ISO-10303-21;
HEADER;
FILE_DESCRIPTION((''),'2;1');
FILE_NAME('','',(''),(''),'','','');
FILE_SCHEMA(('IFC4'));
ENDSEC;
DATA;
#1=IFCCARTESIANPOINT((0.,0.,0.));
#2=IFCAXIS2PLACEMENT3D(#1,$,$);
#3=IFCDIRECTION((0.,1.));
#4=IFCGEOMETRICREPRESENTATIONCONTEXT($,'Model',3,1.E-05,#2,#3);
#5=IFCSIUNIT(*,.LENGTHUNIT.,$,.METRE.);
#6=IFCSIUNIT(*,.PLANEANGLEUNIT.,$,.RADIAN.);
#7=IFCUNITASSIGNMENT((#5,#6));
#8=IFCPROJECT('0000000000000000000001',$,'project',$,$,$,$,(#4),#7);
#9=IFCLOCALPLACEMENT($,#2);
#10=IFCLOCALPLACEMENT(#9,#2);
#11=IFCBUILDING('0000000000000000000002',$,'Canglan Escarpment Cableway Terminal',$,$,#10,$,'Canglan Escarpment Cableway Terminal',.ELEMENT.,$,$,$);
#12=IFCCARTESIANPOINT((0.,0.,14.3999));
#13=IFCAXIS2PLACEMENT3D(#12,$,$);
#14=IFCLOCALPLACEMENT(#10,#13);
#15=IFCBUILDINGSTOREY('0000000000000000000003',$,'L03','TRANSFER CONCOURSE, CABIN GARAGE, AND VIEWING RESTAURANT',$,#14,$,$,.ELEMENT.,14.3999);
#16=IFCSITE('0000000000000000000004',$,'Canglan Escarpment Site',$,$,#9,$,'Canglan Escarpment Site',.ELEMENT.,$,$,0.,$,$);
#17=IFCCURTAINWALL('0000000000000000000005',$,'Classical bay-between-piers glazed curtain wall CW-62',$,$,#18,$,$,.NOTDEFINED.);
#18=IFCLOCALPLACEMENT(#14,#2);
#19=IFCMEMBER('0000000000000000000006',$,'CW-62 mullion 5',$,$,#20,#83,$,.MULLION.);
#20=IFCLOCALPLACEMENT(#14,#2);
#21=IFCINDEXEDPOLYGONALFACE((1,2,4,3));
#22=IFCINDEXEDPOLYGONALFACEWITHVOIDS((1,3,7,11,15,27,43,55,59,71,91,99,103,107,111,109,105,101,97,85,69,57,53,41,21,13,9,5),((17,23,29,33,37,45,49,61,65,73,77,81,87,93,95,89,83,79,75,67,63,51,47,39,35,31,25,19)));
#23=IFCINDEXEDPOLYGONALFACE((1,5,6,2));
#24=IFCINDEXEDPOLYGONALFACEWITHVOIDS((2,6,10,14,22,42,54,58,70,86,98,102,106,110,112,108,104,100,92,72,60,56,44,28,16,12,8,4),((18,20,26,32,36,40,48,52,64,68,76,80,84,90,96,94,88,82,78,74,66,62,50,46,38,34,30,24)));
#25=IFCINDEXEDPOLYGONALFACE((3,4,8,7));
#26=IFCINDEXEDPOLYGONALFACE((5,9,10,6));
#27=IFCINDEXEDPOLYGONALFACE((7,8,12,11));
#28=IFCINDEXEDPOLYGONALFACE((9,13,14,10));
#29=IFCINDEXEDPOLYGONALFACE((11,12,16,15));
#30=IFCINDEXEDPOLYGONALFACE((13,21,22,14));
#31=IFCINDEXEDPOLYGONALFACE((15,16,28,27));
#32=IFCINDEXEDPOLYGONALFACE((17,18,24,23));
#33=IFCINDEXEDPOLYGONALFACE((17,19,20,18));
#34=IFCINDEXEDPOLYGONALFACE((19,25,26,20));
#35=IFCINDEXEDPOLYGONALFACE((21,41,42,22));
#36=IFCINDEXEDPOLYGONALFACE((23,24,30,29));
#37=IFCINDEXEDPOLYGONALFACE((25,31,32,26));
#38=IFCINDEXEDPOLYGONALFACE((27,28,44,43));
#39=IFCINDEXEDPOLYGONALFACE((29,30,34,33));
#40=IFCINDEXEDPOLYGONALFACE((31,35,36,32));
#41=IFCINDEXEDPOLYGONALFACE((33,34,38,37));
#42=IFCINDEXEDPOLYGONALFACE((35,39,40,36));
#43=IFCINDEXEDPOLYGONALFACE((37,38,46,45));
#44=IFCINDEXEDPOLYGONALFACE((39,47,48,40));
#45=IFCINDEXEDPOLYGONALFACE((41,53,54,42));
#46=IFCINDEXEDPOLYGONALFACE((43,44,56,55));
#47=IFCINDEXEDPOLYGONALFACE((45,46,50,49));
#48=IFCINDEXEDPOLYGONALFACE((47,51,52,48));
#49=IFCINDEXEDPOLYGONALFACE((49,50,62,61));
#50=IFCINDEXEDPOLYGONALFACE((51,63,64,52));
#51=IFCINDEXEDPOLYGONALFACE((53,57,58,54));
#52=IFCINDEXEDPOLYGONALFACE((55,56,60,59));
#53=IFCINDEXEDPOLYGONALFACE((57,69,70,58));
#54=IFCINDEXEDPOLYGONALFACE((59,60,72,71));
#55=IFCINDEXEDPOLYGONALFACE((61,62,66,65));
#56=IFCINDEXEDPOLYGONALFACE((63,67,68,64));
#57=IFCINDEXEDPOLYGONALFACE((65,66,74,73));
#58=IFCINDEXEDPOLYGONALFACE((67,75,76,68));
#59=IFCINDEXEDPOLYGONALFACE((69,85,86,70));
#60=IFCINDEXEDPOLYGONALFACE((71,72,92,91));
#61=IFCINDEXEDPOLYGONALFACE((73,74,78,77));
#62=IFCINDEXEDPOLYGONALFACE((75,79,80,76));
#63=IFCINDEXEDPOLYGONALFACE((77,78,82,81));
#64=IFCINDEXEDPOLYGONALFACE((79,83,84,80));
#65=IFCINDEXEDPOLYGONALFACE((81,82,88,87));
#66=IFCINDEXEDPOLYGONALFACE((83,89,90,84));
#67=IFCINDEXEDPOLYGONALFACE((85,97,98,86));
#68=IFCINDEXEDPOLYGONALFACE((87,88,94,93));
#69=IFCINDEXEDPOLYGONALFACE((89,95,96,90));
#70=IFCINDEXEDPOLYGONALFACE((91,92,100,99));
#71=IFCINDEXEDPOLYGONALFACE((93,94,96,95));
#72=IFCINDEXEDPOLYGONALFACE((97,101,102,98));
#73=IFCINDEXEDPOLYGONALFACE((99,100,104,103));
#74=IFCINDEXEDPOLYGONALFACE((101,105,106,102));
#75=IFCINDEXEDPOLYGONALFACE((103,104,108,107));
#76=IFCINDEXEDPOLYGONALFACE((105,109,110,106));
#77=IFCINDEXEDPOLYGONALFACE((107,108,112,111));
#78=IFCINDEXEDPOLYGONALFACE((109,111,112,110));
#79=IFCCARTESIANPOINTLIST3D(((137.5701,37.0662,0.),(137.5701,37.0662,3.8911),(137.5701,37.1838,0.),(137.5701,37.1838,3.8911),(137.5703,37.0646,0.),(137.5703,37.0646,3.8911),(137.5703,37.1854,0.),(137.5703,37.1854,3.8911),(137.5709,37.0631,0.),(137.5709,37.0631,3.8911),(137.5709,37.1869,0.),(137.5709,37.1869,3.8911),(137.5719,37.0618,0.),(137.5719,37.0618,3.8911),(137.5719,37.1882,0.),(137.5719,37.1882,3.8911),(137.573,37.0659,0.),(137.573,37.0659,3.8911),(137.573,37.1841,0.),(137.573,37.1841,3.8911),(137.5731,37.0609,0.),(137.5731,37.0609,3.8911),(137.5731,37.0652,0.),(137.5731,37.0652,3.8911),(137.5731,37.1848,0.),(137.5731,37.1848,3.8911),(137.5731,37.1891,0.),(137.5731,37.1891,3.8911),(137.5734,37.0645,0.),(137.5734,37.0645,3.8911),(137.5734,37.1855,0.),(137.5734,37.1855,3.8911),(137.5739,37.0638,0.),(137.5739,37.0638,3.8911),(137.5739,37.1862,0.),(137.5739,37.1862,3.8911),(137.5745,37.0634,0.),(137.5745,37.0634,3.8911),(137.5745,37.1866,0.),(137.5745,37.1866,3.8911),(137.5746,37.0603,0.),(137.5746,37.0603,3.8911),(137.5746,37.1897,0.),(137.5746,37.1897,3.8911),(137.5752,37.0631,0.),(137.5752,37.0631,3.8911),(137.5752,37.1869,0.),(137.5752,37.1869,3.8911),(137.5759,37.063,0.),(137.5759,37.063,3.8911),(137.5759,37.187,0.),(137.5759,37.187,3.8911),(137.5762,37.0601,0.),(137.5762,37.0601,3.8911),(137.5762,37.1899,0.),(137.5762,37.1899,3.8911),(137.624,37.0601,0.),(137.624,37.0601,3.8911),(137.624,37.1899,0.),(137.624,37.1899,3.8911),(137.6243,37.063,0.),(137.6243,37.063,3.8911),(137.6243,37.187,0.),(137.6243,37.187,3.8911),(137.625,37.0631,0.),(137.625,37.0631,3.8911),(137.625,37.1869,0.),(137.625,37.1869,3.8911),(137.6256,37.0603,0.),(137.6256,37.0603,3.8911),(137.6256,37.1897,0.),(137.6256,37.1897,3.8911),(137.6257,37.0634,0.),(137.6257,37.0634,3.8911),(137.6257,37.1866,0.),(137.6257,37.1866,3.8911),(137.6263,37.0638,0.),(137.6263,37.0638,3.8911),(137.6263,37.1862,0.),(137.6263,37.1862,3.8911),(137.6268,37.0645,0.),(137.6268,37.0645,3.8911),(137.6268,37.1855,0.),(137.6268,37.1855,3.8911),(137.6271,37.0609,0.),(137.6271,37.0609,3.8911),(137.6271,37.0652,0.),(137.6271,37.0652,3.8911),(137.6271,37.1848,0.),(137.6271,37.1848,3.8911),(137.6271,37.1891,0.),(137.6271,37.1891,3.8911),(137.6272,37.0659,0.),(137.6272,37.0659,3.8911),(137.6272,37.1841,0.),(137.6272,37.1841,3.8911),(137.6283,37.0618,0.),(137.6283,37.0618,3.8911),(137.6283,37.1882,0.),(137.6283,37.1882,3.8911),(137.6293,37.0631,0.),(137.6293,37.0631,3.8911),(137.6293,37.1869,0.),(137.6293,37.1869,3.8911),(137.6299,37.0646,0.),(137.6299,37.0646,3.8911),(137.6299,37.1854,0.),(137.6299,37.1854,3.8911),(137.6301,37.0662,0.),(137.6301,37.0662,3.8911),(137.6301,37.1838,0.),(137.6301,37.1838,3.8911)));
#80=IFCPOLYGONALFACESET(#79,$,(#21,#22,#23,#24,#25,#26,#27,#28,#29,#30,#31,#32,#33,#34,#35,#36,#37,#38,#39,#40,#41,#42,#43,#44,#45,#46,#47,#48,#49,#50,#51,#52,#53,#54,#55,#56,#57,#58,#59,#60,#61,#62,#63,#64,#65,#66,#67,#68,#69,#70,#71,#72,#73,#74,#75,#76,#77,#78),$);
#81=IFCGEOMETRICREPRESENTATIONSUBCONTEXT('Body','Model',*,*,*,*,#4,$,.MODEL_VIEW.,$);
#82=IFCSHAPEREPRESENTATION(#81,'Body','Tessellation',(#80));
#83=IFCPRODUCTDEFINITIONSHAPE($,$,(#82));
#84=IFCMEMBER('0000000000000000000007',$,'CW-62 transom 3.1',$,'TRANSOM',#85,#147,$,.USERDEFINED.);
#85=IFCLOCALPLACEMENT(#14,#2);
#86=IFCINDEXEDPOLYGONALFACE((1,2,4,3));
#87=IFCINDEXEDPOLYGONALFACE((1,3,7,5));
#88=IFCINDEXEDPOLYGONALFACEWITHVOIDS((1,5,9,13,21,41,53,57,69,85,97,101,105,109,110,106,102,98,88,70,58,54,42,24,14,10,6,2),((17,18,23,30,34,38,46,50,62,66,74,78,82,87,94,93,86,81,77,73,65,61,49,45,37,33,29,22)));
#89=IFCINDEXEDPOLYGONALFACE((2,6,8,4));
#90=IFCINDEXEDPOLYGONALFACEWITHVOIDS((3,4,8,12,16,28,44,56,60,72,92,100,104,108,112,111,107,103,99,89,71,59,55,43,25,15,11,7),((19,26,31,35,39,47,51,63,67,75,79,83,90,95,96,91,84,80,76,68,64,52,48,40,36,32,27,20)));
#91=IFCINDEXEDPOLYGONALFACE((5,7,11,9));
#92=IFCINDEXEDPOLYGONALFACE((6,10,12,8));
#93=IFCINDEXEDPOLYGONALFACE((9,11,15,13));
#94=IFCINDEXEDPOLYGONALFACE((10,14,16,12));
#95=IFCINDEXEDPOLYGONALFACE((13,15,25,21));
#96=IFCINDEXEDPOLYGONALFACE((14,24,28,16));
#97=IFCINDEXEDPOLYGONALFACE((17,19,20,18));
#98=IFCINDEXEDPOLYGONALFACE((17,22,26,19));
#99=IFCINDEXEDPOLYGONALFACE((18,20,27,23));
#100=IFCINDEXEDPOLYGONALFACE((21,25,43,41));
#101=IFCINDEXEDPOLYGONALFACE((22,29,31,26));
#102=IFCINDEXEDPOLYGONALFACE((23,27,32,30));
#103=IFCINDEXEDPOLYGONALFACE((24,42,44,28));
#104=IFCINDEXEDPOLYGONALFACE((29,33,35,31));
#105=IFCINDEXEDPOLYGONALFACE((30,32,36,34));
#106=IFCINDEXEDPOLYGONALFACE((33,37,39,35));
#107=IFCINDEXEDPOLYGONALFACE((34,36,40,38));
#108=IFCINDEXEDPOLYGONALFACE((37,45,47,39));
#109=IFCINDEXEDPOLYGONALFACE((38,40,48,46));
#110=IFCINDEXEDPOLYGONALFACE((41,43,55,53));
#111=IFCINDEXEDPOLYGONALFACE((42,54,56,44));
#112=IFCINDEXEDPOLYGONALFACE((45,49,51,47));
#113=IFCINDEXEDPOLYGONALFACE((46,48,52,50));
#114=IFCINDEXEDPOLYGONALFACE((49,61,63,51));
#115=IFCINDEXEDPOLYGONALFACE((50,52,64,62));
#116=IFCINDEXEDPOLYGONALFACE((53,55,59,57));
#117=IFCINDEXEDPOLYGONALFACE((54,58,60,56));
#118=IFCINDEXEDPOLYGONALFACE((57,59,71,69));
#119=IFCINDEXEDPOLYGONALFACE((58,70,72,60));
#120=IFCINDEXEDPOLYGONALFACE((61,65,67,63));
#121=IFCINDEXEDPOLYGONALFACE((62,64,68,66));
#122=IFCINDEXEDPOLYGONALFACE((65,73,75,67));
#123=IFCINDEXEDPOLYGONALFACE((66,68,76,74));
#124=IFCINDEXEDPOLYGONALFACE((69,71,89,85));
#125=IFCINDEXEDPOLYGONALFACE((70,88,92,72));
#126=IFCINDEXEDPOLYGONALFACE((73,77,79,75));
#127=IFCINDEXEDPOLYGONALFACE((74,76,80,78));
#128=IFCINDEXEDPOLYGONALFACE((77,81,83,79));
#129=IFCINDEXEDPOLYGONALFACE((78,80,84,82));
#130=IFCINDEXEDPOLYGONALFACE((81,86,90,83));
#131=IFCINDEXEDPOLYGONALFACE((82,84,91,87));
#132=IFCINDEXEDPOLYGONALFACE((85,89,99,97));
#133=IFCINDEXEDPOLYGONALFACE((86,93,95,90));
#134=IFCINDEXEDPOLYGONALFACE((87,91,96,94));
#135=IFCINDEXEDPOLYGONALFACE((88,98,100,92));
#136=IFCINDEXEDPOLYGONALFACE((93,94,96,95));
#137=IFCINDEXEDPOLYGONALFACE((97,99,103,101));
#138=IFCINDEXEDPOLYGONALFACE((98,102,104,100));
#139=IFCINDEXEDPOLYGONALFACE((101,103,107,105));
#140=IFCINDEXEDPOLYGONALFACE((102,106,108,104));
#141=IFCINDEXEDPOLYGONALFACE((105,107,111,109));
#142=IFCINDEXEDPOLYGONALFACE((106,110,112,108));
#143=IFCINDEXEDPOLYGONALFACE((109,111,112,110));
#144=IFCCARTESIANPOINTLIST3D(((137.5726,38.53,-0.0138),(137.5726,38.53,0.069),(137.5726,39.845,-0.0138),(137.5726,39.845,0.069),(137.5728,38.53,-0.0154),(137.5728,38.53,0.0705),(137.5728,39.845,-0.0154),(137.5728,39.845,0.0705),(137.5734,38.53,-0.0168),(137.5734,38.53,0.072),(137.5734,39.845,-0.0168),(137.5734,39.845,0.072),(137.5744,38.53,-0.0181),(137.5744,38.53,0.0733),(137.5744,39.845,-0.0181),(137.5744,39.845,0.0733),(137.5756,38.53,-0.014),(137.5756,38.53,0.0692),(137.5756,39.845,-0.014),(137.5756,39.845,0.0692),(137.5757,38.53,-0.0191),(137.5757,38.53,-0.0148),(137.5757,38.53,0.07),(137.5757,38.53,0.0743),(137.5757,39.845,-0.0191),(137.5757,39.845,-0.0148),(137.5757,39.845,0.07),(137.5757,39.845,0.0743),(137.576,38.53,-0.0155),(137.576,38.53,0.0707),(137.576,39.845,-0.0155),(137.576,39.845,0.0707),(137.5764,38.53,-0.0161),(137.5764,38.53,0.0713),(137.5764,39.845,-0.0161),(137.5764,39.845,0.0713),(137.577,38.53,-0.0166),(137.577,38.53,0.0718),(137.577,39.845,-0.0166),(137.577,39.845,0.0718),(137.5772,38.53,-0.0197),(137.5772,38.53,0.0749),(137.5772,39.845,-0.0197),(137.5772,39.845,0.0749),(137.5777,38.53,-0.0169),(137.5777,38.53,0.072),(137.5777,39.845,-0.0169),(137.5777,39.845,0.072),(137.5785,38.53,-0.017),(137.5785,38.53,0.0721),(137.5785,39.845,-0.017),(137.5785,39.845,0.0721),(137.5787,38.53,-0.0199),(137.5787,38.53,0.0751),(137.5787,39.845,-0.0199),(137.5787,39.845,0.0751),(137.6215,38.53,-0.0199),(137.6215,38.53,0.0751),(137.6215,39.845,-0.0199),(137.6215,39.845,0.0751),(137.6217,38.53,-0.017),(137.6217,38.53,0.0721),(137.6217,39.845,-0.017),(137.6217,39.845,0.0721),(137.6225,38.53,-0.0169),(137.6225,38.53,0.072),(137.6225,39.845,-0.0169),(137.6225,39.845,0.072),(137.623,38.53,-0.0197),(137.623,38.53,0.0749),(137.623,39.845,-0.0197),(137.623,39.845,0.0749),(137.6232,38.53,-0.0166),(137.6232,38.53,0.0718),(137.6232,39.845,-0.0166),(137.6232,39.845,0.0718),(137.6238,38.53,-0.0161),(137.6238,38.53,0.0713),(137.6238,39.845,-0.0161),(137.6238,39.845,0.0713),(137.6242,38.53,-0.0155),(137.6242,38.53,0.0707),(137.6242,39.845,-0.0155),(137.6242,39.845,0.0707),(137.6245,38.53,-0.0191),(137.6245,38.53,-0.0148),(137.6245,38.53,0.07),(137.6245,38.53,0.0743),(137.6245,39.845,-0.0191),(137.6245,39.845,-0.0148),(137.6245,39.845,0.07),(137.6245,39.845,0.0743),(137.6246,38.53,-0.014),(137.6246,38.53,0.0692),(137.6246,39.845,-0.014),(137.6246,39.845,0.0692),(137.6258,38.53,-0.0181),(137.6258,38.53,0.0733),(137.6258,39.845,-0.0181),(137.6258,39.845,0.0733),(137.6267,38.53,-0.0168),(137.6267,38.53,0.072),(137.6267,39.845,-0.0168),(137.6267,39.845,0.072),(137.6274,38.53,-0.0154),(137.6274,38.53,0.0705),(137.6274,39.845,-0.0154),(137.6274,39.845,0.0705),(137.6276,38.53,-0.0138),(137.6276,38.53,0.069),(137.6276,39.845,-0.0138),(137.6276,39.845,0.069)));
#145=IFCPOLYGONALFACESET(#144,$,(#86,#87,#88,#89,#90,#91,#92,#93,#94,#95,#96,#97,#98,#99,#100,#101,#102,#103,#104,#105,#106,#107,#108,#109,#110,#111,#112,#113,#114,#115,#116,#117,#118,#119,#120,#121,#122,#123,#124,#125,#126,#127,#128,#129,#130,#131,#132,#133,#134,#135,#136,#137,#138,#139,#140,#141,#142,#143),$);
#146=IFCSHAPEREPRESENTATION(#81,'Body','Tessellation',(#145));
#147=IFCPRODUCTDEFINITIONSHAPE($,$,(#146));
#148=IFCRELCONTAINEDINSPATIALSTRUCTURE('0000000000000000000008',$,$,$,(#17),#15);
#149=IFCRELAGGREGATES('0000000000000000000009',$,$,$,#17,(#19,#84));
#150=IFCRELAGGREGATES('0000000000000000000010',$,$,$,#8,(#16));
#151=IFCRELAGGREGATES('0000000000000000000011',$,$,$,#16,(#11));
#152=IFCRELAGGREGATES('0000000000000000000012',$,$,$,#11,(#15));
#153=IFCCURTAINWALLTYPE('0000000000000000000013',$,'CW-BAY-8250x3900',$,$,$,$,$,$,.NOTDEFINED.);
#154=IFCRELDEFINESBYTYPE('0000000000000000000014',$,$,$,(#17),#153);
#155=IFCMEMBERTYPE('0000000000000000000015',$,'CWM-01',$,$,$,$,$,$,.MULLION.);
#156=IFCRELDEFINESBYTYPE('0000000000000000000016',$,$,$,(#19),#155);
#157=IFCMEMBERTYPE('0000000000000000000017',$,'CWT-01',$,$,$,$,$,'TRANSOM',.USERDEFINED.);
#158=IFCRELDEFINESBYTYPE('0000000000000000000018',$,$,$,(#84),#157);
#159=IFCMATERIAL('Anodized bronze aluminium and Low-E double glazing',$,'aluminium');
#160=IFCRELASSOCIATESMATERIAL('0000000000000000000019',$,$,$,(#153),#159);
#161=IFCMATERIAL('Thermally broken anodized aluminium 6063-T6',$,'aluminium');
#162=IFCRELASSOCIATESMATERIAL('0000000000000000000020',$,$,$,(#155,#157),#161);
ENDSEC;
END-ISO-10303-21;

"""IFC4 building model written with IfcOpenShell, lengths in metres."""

from ifc_helpers import new_model, si_unit, direction, frame, origin, origin_2d, place, context, subcontext, project, spatial, hollow_rectangle, extrude, material, material_profile, profile_set, type_object, element, aggregate, save


model = new_model("IFC4")

# Units and contexts
model_context = context("Model", 3, precision=1e-05, world=origin(), true_north=direction((0.0, 1.0)))
body_context = subcontext(model_context, "Body", "Model", "MODEL_VIEW")
ifc_project = project(units=[si_unit("LENGTHUNIT", "METRE"), si_unit("PLANEANGLEUNIT", "RADIAN")], contexts=[model_context])

# Site, building, storey
site_placement = place(None, origin())
site = spatial("IfcSite", under=ifc_project, at=site_placement, Name="Canglan Escarpment Site", LongName="Canglan Escarpment Site", CompositionType="ELEMENT", RefElevation=0.0)
building_placement = place(site_placement, origin())
building = spatial("IfcBuilding", under=site, at=building_placement, Name="Canglan Escarpment Cableway Terminal", LongName="Canglan Escarpment Cableway Terminal", CompositionType="ELEMENT")
storey_placement = place(building_placement, frame((0.0, 0.0, 14.3999)))
storey = spatial("IfcBuildingStorey", under=building, at=storey_placement, Name="L03", Description="TRANSFER CONCOURSE, CABIN GARAGE, AND VIEWING RESTAURANT", CompositionType="ELEMENT", Elevation=14.3999)

# Curtain wall, members
ifc_material_1 = material(Name="Anodized bronze aluminium and Low-E double glazing", Category="aluminium")
curtain_wall_type = type_object("IfcCurtainWallType", Name="CW-BAY-8250x3900", PredefinedType="NOTDEFINED", material=ifc_material_1)
curtain_wall_placement = place(storey_placement, origin())
curtain_wall = element("IfcCurtainWall", 1, at=curtain_wall_placement, inside=storey, type_object=curtain_wall_type, Name="Classical bay-between-piers glazed curtain wall CW-62", PredefinedType="NOTDEFINED")
ifc_material_2 = material(Name="Thermally broken anodized aluminium 6063-T6", Category="aluminium")
ifc_material_profile_1 = material_profile(ifc_material_2, hollow_rectangle(XDim=0.0601, YDim=0.1299, WallThickness=0.0029, InnerFilletRadius=0.0029, OuterFilletRadius=0.0061, at=origin_2d()), Name="ALU-MULL 60x130x3")
ifc_profile_set_1 = profile_set([ifc_material_profile_1], Name="Thermally broken anodized aluminium 6063-T6")
member_type_1 = type_object("IfcMemberType", Name="CWM-01", PredefinedType="MULLION", material=ifc_profile_set_1)
member_1_placement = place(storey_placement, frame((137.6001, 37.125, 0.0), z_axis=(0.0, 0.0, 1.0), x_axis=(1.0, 0.0, 0.0)))
member_1 = element("IfcMember", 2, at=member_1_placement, type_object=member_type_1, Name="CW-62 mullion 5", PredefinedType="MULLION", context=body_context, shape_type="SweptSolid", body=[
    extrude(hollow_rectangle(XDim=0.0601, YDim=0.1299, WallThickness=0.0029, InnerFilletRadius=0.0029, OuterFilletRadius=0.0061, at=origin_2d()), origin(), (0.0, 0.0, 1.0), 3.8911),
])
ifc_material_profile_2 = material_profile(ifc_material_2, hollow_rectangle(XDim=0.0549, YDim=0.095, WallThickness=0.0029, InnerFilletRadius=0.0029, OuterFilletRadius=0.0061, at=origin_2d()), Name="ALU-TRAN 55x95x3")
ifc_profile_set_2 = profile_set([ifc_material_profile_2], Name="Thermally broken anodized aluminium 6063-T6")
member_type_2 = type_object("IfcMemberType", Name="CWT-01", ElementType="TRANSOM", PredefinedType="USERDEFINED", material=ifc_profile_set_2)
member_2_placement = place(storey_placement, frame((137.6001, 39.845, 0.0276), z_axis=(0.0, -1.0, 0.0), x_axis=(1.0, 0.0, 0.0)))
member_2 = element("IfcMember", 3, at=member_2_placement, type_object=member_type_2, Name="CW-62 transom 3.1", ObjectType="TRANSOM", PredefinedType="USERDEFINED", context=body_context, shape_type="SweptSolid", body=[
    extrude(hollow_rectangle(XDim=0.0549, YDim=0.095, WallThickness=0.0029, InnerFilletRadius=0.0029, OuterFilletRadius=0.0061, at=origin_2d()), origin(), (0.0, 0.0, 1.0), 1.3149),
])
aggregate(curtain_wall, [member_1, member_2])

save(model, "model.ifc")
